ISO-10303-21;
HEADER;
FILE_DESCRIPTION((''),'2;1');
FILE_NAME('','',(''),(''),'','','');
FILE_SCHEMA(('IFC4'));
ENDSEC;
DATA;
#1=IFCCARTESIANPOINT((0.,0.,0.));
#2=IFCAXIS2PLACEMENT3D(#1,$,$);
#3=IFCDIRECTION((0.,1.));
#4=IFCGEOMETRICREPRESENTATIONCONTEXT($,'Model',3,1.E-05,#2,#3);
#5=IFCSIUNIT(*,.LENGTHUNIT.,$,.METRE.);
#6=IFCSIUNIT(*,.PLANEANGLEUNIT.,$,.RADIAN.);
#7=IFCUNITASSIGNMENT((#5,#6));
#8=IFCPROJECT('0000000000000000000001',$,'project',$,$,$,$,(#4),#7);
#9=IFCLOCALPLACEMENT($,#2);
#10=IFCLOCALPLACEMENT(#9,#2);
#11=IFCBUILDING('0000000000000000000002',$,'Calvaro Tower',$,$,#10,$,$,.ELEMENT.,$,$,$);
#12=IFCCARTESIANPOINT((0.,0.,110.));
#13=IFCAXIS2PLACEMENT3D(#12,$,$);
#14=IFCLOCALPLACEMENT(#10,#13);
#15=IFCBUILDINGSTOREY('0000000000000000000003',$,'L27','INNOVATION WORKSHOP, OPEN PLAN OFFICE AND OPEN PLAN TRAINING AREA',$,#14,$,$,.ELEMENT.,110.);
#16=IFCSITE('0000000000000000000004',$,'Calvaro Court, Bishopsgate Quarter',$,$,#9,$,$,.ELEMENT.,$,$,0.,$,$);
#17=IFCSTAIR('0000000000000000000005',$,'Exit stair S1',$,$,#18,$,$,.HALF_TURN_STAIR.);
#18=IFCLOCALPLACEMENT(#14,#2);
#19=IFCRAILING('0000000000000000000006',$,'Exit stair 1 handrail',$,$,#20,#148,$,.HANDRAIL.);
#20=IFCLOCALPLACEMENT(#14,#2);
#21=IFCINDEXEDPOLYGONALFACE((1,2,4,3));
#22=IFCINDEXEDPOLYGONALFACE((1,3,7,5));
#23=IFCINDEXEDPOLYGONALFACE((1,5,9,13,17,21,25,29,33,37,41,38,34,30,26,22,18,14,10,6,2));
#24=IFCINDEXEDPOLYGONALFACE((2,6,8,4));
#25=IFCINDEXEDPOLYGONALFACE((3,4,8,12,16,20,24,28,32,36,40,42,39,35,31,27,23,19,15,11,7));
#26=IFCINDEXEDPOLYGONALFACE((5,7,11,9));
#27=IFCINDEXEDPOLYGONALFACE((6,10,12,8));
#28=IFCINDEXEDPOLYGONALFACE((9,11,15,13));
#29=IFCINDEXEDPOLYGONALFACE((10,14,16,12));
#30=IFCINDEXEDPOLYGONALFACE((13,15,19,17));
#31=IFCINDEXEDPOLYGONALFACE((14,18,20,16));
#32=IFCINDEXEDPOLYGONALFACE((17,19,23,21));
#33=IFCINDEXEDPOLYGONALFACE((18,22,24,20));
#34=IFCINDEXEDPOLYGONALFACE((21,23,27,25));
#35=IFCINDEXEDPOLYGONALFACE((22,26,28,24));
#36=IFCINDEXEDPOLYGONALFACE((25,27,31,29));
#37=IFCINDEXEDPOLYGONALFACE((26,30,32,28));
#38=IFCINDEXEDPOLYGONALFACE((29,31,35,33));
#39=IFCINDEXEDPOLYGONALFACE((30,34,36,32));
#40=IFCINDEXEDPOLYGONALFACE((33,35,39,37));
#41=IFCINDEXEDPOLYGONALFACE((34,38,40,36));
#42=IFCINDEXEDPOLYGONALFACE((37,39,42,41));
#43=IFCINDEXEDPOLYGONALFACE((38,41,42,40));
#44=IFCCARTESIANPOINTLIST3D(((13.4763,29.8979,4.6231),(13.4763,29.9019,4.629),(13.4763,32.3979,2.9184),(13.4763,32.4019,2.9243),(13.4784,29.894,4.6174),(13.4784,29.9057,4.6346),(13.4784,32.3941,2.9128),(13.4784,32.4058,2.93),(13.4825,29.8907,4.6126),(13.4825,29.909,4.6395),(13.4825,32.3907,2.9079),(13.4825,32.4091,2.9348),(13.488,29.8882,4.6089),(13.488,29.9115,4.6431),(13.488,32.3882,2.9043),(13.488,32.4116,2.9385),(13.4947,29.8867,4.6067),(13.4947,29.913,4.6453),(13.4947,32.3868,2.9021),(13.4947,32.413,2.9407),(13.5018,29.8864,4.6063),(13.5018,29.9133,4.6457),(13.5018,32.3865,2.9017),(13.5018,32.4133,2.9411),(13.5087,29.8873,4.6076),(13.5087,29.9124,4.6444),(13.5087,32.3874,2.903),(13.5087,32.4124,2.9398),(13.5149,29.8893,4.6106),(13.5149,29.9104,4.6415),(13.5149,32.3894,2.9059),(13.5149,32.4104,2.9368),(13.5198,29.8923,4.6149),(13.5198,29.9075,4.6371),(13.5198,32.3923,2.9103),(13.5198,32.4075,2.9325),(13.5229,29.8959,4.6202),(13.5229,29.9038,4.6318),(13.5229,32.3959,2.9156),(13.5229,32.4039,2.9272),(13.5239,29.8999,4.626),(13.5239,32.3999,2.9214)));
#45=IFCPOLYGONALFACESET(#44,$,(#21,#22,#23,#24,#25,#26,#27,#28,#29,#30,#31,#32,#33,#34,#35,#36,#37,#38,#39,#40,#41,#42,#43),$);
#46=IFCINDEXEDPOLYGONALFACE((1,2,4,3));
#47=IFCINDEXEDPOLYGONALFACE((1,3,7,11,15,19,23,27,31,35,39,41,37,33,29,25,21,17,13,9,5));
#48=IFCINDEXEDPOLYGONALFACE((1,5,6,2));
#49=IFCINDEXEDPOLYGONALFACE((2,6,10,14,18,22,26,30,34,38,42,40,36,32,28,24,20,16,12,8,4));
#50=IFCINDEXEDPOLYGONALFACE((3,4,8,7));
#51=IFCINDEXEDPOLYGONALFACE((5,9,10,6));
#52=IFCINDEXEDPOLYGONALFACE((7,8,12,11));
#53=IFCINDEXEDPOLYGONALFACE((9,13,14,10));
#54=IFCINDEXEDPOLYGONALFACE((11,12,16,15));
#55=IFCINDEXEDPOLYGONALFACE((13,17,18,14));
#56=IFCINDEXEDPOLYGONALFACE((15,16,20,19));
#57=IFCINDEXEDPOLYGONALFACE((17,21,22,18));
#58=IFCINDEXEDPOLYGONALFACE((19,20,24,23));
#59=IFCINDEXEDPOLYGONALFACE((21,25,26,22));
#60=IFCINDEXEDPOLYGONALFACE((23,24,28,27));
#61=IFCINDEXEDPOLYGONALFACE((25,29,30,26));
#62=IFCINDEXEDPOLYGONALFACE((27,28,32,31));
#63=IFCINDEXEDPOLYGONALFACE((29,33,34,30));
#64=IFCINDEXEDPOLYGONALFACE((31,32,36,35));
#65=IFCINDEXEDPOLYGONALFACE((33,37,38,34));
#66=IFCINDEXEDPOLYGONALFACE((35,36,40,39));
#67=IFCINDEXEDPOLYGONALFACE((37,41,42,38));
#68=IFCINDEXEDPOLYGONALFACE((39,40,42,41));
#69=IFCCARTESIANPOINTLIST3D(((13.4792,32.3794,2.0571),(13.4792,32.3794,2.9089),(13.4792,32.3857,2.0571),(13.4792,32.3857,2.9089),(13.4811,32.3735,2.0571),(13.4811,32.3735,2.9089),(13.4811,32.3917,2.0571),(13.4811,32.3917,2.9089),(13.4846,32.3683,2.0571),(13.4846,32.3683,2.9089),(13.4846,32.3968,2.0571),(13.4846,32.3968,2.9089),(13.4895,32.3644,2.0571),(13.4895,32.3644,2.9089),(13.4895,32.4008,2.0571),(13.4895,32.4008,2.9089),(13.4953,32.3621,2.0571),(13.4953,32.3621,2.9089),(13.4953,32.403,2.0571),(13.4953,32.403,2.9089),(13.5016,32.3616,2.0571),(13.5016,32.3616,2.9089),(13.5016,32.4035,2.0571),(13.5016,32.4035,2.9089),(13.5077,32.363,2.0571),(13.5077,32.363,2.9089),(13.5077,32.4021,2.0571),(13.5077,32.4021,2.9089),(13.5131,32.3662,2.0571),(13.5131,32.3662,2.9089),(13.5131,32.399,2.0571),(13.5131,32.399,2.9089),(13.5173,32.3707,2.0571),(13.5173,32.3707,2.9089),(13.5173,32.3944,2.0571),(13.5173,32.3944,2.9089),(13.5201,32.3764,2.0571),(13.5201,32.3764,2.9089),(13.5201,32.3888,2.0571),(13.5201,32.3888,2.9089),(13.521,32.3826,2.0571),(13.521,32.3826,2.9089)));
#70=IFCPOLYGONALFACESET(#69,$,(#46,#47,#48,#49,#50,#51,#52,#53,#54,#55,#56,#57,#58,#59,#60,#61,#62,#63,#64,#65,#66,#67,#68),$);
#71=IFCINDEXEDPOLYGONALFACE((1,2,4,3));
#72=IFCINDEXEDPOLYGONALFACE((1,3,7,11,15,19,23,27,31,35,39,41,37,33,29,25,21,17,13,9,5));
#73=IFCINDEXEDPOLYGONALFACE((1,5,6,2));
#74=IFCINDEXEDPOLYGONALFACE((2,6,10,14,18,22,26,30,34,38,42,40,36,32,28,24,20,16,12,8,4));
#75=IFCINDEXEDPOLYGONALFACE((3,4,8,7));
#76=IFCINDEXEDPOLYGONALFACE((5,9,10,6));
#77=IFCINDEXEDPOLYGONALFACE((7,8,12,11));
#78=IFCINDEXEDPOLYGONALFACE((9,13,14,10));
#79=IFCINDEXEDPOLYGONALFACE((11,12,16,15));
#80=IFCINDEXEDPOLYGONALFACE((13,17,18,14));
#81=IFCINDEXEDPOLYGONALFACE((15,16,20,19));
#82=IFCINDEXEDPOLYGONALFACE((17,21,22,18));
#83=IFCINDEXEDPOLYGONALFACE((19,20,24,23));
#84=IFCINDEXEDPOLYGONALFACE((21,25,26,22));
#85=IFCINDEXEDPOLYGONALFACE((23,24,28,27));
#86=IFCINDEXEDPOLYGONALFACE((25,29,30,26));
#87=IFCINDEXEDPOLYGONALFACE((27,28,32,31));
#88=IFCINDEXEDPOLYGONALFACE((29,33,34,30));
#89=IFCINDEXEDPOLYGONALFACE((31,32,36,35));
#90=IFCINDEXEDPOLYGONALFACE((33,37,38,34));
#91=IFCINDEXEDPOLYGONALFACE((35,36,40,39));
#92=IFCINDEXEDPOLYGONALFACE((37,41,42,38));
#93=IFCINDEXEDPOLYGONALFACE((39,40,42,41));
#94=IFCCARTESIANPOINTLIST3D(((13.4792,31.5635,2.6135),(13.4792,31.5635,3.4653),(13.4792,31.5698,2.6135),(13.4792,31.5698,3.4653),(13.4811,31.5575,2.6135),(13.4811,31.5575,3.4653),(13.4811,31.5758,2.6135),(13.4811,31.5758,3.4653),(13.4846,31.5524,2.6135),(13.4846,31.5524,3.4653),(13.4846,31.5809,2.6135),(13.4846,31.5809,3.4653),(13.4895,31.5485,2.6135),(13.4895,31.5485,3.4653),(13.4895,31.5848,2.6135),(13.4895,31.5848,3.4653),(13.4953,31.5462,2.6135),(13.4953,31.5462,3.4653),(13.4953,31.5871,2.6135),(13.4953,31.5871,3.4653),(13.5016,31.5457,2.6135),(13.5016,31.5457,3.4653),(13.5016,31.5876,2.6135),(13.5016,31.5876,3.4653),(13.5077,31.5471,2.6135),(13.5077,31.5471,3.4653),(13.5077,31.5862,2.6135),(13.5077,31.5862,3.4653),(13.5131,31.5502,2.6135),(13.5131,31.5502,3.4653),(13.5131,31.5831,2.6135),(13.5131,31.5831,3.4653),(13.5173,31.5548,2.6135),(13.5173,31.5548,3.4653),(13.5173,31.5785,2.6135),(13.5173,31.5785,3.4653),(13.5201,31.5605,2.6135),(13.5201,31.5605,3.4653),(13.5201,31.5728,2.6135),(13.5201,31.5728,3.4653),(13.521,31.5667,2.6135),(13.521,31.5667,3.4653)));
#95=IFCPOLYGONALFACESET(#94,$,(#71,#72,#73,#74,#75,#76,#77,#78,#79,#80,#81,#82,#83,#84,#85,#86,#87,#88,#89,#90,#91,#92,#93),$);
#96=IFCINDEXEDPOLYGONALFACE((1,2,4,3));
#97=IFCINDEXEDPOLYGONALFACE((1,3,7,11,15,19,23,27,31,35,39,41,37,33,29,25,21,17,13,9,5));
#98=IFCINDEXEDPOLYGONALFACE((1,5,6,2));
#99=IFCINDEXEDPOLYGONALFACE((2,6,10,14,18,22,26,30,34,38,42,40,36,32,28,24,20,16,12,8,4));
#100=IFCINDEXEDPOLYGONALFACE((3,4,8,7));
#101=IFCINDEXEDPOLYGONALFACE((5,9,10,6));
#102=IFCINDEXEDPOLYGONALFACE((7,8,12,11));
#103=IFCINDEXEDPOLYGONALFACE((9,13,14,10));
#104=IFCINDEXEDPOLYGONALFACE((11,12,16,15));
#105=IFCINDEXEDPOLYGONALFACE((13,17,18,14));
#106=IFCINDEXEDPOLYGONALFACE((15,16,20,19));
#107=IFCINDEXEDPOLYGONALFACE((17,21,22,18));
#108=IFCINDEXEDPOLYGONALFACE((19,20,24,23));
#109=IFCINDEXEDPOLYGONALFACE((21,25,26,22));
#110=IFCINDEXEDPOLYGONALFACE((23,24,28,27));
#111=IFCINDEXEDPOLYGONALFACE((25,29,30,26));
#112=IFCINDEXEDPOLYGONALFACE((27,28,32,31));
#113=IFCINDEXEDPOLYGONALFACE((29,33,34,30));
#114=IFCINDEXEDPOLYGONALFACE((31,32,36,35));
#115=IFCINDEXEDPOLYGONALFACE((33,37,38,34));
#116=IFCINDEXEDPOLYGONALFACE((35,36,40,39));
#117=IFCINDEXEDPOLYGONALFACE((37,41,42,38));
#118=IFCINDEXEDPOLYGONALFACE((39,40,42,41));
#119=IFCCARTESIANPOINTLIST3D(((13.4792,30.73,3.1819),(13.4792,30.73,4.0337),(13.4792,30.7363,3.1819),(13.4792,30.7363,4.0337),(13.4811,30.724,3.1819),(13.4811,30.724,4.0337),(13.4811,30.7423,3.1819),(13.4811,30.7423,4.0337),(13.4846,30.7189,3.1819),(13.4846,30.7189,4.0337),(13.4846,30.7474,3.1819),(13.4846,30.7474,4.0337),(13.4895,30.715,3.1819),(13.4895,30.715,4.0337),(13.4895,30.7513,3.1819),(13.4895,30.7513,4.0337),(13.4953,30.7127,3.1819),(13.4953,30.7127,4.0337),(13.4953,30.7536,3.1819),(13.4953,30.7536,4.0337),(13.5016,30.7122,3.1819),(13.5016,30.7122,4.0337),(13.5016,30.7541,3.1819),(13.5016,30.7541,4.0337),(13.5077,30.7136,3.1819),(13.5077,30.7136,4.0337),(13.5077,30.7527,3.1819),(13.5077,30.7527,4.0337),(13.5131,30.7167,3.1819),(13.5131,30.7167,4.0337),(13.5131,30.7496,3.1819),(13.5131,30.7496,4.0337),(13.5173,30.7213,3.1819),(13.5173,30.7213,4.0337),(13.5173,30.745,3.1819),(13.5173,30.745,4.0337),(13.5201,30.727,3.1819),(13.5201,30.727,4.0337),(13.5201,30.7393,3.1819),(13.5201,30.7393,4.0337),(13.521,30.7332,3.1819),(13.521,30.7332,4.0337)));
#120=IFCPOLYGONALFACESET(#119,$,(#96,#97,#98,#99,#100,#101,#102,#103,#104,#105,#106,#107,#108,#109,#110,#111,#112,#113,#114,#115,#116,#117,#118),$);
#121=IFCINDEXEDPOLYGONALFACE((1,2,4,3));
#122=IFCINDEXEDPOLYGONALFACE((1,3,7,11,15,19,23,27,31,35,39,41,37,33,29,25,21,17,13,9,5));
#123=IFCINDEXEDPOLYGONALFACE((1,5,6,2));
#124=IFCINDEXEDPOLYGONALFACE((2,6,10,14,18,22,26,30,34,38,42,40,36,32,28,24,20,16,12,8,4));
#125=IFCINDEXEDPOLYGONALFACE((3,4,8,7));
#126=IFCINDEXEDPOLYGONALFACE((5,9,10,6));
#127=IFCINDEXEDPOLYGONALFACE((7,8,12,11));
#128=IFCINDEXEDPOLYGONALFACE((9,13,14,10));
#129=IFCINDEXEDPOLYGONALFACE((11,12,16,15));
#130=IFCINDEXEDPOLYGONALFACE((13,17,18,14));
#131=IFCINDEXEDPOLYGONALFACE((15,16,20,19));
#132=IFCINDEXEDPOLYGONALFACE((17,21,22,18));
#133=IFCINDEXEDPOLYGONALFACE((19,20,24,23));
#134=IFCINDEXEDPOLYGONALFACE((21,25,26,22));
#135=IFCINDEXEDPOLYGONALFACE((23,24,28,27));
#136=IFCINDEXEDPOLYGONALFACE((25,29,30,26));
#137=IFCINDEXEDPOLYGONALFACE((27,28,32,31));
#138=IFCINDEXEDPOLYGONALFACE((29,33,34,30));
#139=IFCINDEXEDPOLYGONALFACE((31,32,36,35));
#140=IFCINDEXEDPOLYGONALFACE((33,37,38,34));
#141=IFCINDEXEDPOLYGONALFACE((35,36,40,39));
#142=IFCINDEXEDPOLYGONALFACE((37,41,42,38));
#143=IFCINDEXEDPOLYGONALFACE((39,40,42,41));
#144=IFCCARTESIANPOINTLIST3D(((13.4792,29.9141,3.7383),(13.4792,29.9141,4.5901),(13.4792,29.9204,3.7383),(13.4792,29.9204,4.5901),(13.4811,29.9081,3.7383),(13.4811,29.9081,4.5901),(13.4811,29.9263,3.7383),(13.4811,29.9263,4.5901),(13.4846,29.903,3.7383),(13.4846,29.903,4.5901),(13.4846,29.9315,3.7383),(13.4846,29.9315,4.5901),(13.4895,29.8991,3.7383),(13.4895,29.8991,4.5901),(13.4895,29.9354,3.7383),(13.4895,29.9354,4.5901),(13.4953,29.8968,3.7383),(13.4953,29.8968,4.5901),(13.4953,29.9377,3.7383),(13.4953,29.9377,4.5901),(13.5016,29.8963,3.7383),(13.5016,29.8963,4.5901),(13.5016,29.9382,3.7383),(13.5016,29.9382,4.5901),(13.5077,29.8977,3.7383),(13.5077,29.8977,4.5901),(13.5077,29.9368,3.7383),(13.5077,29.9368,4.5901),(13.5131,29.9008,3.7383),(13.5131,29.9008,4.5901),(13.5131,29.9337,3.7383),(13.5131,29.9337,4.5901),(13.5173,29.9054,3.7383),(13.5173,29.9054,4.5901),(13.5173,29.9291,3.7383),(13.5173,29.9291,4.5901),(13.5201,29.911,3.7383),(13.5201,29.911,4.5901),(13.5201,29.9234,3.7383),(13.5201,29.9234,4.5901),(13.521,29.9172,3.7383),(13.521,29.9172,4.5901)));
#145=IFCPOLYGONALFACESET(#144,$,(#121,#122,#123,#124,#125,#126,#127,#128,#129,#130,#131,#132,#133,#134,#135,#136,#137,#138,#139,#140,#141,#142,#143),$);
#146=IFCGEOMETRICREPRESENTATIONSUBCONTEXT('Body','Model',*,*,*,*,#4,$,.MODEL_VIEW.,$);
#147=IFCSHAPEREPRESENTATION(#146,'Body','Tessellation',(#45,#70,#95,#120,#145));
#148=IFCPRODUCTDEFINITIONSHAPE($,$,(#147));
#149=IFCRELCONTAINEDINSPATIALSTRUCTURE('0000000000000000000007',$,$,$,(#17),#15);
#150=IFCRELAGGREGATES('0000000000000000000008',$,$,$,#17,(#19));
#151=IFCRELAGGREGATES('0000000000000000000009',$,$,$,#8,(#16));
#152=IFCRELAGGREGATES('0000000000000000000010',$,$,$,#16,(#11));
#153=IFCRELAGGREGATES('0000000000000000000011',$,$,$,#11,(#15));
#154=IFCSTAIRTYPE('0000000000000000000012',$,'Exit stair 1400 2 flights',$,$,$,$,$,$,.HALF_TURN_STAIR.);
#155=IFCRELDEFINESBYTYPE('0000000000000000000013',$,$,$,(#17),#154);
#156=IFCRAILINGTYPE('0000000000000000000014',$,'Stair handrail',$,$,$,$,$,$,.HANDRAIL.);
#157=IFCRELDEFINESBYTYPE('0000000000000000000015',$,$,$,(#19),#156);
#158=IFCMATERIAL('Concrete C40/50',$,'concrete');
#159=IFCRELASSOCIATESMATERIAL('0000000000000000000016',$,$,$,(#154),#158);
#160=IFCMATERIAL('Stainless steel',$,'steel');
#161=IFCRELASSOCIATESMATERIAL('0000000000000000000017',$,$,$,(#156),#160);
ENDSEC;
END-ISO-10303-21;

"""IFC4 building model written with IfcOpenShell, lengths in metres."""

from ifc_helpers import new_model, si_unit, direction, frame, origin, origin_2d, place, context, subcontext, project, spatial, circle, extrude, material, type_object, element, aggregate, save


model = new_model("IFC4")

# Units and contexts
model_context = context("Model", 3, precision=1e-05, world=origin(), true_north=direction((0.0, 1.0)))
body_context = subcontext(model_context, "Body", "Model", "MODEL_VIEW")
ifc_project = project(units=[si_unit("LENGTHUNIT", "METRE"), si_unit("PLANEANGLEUNIT", "RADIAN")], contexts=[model_context])

# Site, building, storey
site_placement = place(None, origin())
site = spatial("IfcSite", under=ifc_project, at=site_placement, Name="Calvaro Court, Bishopsgate Quarter", CompositionType="ELEMENT", RefElevation=0.0)
building_placement = place(site_placement, origin())
building = spatial("IfcBuilding", under=site, at=building_placement, Name="Calvaro Tower", CompositionType="ELEMENT")
storey_placement = place(building_placement, frame((0.0, 0.0, 110.0)))
storey = spatial("IfcBuildingStorey", under=building, at=storey_placement, Name="L27", Description="INNOVATION WORKSHOP, OPEN PLAN OFFICE AND OPEN PLAN TRAINING AREA", CompositionType="ELEMENT", Elevation=110.0)

# Stair, railing
ifc_material_1 = material(Name="Concrete C40/50", Category="concrete")
stair_type = type_object("IfcStairType", Name="Exit stair 1400 2 flights", PredefinedType="HALF_TURN_STAIR", material=ifc_material_1)
stair_1_placement = place(storey_placement, origin())
stair_1 = element("IfcStair", 1, at=stair_1_placement, inside=storey, type_object=stair_type, Name="Exit stair S1", PredefinedType="HALF_TURN_STAIR")
ifc_material_2 = material(Name="Stainless steel", Category="steel")
railing_type = type_object("IfcRailingType", Name="Stair handrail", PredefinedType="HANDRAIL", material=ifc_material_2)
railing_1_placement = place(storey_placement, frame((13.5, 32.3999, 2.0454)))
railing_1 = element("IfcRailing", 2, at=railing_1_placement, type_object=railing_type, Name="Exit stair 1 handrail", PredefinedType="HANDRAIL", context=body_context, shape_type="SweptSolid", body=[
    extrude(circle(Radius=0.0239, at=origin_2d()), frame((0.0, 0.0, 0.876), z_axis=(0.0, -0.826221, 0.563347), x_axis=(1.0, 0.0, 0.0)), (0.0, 0.0, 1.0), 3.0259),
    extrude(circle(Radius=0.021, at=origin_2d()), frame((0.0, -0.0173, 0.0117)), (0.0, 0.0, 1.0), 0.8518),
    extrude(circle(Radius=0.021, at=origin_2d()), frame((0.0, -0.8333, 0.5681)), (0.0, 0.0, 1.0), 0.8518),
    extrude(circle(Radius=0.021, at=origin_2d()), frame((0.0, -1.6667, 1.1365)), (0.0, 0.0, 1.0), 0.8518),
    extrude(circle(Radius=0.021, at=origin_2d()), frame((0.0, -2.4827, 1.6929)), (0.0, 0.0, 1.0), 0.8518),
])
aggregate(stair_1, [railing_1])

save(model, "model.ifc")
